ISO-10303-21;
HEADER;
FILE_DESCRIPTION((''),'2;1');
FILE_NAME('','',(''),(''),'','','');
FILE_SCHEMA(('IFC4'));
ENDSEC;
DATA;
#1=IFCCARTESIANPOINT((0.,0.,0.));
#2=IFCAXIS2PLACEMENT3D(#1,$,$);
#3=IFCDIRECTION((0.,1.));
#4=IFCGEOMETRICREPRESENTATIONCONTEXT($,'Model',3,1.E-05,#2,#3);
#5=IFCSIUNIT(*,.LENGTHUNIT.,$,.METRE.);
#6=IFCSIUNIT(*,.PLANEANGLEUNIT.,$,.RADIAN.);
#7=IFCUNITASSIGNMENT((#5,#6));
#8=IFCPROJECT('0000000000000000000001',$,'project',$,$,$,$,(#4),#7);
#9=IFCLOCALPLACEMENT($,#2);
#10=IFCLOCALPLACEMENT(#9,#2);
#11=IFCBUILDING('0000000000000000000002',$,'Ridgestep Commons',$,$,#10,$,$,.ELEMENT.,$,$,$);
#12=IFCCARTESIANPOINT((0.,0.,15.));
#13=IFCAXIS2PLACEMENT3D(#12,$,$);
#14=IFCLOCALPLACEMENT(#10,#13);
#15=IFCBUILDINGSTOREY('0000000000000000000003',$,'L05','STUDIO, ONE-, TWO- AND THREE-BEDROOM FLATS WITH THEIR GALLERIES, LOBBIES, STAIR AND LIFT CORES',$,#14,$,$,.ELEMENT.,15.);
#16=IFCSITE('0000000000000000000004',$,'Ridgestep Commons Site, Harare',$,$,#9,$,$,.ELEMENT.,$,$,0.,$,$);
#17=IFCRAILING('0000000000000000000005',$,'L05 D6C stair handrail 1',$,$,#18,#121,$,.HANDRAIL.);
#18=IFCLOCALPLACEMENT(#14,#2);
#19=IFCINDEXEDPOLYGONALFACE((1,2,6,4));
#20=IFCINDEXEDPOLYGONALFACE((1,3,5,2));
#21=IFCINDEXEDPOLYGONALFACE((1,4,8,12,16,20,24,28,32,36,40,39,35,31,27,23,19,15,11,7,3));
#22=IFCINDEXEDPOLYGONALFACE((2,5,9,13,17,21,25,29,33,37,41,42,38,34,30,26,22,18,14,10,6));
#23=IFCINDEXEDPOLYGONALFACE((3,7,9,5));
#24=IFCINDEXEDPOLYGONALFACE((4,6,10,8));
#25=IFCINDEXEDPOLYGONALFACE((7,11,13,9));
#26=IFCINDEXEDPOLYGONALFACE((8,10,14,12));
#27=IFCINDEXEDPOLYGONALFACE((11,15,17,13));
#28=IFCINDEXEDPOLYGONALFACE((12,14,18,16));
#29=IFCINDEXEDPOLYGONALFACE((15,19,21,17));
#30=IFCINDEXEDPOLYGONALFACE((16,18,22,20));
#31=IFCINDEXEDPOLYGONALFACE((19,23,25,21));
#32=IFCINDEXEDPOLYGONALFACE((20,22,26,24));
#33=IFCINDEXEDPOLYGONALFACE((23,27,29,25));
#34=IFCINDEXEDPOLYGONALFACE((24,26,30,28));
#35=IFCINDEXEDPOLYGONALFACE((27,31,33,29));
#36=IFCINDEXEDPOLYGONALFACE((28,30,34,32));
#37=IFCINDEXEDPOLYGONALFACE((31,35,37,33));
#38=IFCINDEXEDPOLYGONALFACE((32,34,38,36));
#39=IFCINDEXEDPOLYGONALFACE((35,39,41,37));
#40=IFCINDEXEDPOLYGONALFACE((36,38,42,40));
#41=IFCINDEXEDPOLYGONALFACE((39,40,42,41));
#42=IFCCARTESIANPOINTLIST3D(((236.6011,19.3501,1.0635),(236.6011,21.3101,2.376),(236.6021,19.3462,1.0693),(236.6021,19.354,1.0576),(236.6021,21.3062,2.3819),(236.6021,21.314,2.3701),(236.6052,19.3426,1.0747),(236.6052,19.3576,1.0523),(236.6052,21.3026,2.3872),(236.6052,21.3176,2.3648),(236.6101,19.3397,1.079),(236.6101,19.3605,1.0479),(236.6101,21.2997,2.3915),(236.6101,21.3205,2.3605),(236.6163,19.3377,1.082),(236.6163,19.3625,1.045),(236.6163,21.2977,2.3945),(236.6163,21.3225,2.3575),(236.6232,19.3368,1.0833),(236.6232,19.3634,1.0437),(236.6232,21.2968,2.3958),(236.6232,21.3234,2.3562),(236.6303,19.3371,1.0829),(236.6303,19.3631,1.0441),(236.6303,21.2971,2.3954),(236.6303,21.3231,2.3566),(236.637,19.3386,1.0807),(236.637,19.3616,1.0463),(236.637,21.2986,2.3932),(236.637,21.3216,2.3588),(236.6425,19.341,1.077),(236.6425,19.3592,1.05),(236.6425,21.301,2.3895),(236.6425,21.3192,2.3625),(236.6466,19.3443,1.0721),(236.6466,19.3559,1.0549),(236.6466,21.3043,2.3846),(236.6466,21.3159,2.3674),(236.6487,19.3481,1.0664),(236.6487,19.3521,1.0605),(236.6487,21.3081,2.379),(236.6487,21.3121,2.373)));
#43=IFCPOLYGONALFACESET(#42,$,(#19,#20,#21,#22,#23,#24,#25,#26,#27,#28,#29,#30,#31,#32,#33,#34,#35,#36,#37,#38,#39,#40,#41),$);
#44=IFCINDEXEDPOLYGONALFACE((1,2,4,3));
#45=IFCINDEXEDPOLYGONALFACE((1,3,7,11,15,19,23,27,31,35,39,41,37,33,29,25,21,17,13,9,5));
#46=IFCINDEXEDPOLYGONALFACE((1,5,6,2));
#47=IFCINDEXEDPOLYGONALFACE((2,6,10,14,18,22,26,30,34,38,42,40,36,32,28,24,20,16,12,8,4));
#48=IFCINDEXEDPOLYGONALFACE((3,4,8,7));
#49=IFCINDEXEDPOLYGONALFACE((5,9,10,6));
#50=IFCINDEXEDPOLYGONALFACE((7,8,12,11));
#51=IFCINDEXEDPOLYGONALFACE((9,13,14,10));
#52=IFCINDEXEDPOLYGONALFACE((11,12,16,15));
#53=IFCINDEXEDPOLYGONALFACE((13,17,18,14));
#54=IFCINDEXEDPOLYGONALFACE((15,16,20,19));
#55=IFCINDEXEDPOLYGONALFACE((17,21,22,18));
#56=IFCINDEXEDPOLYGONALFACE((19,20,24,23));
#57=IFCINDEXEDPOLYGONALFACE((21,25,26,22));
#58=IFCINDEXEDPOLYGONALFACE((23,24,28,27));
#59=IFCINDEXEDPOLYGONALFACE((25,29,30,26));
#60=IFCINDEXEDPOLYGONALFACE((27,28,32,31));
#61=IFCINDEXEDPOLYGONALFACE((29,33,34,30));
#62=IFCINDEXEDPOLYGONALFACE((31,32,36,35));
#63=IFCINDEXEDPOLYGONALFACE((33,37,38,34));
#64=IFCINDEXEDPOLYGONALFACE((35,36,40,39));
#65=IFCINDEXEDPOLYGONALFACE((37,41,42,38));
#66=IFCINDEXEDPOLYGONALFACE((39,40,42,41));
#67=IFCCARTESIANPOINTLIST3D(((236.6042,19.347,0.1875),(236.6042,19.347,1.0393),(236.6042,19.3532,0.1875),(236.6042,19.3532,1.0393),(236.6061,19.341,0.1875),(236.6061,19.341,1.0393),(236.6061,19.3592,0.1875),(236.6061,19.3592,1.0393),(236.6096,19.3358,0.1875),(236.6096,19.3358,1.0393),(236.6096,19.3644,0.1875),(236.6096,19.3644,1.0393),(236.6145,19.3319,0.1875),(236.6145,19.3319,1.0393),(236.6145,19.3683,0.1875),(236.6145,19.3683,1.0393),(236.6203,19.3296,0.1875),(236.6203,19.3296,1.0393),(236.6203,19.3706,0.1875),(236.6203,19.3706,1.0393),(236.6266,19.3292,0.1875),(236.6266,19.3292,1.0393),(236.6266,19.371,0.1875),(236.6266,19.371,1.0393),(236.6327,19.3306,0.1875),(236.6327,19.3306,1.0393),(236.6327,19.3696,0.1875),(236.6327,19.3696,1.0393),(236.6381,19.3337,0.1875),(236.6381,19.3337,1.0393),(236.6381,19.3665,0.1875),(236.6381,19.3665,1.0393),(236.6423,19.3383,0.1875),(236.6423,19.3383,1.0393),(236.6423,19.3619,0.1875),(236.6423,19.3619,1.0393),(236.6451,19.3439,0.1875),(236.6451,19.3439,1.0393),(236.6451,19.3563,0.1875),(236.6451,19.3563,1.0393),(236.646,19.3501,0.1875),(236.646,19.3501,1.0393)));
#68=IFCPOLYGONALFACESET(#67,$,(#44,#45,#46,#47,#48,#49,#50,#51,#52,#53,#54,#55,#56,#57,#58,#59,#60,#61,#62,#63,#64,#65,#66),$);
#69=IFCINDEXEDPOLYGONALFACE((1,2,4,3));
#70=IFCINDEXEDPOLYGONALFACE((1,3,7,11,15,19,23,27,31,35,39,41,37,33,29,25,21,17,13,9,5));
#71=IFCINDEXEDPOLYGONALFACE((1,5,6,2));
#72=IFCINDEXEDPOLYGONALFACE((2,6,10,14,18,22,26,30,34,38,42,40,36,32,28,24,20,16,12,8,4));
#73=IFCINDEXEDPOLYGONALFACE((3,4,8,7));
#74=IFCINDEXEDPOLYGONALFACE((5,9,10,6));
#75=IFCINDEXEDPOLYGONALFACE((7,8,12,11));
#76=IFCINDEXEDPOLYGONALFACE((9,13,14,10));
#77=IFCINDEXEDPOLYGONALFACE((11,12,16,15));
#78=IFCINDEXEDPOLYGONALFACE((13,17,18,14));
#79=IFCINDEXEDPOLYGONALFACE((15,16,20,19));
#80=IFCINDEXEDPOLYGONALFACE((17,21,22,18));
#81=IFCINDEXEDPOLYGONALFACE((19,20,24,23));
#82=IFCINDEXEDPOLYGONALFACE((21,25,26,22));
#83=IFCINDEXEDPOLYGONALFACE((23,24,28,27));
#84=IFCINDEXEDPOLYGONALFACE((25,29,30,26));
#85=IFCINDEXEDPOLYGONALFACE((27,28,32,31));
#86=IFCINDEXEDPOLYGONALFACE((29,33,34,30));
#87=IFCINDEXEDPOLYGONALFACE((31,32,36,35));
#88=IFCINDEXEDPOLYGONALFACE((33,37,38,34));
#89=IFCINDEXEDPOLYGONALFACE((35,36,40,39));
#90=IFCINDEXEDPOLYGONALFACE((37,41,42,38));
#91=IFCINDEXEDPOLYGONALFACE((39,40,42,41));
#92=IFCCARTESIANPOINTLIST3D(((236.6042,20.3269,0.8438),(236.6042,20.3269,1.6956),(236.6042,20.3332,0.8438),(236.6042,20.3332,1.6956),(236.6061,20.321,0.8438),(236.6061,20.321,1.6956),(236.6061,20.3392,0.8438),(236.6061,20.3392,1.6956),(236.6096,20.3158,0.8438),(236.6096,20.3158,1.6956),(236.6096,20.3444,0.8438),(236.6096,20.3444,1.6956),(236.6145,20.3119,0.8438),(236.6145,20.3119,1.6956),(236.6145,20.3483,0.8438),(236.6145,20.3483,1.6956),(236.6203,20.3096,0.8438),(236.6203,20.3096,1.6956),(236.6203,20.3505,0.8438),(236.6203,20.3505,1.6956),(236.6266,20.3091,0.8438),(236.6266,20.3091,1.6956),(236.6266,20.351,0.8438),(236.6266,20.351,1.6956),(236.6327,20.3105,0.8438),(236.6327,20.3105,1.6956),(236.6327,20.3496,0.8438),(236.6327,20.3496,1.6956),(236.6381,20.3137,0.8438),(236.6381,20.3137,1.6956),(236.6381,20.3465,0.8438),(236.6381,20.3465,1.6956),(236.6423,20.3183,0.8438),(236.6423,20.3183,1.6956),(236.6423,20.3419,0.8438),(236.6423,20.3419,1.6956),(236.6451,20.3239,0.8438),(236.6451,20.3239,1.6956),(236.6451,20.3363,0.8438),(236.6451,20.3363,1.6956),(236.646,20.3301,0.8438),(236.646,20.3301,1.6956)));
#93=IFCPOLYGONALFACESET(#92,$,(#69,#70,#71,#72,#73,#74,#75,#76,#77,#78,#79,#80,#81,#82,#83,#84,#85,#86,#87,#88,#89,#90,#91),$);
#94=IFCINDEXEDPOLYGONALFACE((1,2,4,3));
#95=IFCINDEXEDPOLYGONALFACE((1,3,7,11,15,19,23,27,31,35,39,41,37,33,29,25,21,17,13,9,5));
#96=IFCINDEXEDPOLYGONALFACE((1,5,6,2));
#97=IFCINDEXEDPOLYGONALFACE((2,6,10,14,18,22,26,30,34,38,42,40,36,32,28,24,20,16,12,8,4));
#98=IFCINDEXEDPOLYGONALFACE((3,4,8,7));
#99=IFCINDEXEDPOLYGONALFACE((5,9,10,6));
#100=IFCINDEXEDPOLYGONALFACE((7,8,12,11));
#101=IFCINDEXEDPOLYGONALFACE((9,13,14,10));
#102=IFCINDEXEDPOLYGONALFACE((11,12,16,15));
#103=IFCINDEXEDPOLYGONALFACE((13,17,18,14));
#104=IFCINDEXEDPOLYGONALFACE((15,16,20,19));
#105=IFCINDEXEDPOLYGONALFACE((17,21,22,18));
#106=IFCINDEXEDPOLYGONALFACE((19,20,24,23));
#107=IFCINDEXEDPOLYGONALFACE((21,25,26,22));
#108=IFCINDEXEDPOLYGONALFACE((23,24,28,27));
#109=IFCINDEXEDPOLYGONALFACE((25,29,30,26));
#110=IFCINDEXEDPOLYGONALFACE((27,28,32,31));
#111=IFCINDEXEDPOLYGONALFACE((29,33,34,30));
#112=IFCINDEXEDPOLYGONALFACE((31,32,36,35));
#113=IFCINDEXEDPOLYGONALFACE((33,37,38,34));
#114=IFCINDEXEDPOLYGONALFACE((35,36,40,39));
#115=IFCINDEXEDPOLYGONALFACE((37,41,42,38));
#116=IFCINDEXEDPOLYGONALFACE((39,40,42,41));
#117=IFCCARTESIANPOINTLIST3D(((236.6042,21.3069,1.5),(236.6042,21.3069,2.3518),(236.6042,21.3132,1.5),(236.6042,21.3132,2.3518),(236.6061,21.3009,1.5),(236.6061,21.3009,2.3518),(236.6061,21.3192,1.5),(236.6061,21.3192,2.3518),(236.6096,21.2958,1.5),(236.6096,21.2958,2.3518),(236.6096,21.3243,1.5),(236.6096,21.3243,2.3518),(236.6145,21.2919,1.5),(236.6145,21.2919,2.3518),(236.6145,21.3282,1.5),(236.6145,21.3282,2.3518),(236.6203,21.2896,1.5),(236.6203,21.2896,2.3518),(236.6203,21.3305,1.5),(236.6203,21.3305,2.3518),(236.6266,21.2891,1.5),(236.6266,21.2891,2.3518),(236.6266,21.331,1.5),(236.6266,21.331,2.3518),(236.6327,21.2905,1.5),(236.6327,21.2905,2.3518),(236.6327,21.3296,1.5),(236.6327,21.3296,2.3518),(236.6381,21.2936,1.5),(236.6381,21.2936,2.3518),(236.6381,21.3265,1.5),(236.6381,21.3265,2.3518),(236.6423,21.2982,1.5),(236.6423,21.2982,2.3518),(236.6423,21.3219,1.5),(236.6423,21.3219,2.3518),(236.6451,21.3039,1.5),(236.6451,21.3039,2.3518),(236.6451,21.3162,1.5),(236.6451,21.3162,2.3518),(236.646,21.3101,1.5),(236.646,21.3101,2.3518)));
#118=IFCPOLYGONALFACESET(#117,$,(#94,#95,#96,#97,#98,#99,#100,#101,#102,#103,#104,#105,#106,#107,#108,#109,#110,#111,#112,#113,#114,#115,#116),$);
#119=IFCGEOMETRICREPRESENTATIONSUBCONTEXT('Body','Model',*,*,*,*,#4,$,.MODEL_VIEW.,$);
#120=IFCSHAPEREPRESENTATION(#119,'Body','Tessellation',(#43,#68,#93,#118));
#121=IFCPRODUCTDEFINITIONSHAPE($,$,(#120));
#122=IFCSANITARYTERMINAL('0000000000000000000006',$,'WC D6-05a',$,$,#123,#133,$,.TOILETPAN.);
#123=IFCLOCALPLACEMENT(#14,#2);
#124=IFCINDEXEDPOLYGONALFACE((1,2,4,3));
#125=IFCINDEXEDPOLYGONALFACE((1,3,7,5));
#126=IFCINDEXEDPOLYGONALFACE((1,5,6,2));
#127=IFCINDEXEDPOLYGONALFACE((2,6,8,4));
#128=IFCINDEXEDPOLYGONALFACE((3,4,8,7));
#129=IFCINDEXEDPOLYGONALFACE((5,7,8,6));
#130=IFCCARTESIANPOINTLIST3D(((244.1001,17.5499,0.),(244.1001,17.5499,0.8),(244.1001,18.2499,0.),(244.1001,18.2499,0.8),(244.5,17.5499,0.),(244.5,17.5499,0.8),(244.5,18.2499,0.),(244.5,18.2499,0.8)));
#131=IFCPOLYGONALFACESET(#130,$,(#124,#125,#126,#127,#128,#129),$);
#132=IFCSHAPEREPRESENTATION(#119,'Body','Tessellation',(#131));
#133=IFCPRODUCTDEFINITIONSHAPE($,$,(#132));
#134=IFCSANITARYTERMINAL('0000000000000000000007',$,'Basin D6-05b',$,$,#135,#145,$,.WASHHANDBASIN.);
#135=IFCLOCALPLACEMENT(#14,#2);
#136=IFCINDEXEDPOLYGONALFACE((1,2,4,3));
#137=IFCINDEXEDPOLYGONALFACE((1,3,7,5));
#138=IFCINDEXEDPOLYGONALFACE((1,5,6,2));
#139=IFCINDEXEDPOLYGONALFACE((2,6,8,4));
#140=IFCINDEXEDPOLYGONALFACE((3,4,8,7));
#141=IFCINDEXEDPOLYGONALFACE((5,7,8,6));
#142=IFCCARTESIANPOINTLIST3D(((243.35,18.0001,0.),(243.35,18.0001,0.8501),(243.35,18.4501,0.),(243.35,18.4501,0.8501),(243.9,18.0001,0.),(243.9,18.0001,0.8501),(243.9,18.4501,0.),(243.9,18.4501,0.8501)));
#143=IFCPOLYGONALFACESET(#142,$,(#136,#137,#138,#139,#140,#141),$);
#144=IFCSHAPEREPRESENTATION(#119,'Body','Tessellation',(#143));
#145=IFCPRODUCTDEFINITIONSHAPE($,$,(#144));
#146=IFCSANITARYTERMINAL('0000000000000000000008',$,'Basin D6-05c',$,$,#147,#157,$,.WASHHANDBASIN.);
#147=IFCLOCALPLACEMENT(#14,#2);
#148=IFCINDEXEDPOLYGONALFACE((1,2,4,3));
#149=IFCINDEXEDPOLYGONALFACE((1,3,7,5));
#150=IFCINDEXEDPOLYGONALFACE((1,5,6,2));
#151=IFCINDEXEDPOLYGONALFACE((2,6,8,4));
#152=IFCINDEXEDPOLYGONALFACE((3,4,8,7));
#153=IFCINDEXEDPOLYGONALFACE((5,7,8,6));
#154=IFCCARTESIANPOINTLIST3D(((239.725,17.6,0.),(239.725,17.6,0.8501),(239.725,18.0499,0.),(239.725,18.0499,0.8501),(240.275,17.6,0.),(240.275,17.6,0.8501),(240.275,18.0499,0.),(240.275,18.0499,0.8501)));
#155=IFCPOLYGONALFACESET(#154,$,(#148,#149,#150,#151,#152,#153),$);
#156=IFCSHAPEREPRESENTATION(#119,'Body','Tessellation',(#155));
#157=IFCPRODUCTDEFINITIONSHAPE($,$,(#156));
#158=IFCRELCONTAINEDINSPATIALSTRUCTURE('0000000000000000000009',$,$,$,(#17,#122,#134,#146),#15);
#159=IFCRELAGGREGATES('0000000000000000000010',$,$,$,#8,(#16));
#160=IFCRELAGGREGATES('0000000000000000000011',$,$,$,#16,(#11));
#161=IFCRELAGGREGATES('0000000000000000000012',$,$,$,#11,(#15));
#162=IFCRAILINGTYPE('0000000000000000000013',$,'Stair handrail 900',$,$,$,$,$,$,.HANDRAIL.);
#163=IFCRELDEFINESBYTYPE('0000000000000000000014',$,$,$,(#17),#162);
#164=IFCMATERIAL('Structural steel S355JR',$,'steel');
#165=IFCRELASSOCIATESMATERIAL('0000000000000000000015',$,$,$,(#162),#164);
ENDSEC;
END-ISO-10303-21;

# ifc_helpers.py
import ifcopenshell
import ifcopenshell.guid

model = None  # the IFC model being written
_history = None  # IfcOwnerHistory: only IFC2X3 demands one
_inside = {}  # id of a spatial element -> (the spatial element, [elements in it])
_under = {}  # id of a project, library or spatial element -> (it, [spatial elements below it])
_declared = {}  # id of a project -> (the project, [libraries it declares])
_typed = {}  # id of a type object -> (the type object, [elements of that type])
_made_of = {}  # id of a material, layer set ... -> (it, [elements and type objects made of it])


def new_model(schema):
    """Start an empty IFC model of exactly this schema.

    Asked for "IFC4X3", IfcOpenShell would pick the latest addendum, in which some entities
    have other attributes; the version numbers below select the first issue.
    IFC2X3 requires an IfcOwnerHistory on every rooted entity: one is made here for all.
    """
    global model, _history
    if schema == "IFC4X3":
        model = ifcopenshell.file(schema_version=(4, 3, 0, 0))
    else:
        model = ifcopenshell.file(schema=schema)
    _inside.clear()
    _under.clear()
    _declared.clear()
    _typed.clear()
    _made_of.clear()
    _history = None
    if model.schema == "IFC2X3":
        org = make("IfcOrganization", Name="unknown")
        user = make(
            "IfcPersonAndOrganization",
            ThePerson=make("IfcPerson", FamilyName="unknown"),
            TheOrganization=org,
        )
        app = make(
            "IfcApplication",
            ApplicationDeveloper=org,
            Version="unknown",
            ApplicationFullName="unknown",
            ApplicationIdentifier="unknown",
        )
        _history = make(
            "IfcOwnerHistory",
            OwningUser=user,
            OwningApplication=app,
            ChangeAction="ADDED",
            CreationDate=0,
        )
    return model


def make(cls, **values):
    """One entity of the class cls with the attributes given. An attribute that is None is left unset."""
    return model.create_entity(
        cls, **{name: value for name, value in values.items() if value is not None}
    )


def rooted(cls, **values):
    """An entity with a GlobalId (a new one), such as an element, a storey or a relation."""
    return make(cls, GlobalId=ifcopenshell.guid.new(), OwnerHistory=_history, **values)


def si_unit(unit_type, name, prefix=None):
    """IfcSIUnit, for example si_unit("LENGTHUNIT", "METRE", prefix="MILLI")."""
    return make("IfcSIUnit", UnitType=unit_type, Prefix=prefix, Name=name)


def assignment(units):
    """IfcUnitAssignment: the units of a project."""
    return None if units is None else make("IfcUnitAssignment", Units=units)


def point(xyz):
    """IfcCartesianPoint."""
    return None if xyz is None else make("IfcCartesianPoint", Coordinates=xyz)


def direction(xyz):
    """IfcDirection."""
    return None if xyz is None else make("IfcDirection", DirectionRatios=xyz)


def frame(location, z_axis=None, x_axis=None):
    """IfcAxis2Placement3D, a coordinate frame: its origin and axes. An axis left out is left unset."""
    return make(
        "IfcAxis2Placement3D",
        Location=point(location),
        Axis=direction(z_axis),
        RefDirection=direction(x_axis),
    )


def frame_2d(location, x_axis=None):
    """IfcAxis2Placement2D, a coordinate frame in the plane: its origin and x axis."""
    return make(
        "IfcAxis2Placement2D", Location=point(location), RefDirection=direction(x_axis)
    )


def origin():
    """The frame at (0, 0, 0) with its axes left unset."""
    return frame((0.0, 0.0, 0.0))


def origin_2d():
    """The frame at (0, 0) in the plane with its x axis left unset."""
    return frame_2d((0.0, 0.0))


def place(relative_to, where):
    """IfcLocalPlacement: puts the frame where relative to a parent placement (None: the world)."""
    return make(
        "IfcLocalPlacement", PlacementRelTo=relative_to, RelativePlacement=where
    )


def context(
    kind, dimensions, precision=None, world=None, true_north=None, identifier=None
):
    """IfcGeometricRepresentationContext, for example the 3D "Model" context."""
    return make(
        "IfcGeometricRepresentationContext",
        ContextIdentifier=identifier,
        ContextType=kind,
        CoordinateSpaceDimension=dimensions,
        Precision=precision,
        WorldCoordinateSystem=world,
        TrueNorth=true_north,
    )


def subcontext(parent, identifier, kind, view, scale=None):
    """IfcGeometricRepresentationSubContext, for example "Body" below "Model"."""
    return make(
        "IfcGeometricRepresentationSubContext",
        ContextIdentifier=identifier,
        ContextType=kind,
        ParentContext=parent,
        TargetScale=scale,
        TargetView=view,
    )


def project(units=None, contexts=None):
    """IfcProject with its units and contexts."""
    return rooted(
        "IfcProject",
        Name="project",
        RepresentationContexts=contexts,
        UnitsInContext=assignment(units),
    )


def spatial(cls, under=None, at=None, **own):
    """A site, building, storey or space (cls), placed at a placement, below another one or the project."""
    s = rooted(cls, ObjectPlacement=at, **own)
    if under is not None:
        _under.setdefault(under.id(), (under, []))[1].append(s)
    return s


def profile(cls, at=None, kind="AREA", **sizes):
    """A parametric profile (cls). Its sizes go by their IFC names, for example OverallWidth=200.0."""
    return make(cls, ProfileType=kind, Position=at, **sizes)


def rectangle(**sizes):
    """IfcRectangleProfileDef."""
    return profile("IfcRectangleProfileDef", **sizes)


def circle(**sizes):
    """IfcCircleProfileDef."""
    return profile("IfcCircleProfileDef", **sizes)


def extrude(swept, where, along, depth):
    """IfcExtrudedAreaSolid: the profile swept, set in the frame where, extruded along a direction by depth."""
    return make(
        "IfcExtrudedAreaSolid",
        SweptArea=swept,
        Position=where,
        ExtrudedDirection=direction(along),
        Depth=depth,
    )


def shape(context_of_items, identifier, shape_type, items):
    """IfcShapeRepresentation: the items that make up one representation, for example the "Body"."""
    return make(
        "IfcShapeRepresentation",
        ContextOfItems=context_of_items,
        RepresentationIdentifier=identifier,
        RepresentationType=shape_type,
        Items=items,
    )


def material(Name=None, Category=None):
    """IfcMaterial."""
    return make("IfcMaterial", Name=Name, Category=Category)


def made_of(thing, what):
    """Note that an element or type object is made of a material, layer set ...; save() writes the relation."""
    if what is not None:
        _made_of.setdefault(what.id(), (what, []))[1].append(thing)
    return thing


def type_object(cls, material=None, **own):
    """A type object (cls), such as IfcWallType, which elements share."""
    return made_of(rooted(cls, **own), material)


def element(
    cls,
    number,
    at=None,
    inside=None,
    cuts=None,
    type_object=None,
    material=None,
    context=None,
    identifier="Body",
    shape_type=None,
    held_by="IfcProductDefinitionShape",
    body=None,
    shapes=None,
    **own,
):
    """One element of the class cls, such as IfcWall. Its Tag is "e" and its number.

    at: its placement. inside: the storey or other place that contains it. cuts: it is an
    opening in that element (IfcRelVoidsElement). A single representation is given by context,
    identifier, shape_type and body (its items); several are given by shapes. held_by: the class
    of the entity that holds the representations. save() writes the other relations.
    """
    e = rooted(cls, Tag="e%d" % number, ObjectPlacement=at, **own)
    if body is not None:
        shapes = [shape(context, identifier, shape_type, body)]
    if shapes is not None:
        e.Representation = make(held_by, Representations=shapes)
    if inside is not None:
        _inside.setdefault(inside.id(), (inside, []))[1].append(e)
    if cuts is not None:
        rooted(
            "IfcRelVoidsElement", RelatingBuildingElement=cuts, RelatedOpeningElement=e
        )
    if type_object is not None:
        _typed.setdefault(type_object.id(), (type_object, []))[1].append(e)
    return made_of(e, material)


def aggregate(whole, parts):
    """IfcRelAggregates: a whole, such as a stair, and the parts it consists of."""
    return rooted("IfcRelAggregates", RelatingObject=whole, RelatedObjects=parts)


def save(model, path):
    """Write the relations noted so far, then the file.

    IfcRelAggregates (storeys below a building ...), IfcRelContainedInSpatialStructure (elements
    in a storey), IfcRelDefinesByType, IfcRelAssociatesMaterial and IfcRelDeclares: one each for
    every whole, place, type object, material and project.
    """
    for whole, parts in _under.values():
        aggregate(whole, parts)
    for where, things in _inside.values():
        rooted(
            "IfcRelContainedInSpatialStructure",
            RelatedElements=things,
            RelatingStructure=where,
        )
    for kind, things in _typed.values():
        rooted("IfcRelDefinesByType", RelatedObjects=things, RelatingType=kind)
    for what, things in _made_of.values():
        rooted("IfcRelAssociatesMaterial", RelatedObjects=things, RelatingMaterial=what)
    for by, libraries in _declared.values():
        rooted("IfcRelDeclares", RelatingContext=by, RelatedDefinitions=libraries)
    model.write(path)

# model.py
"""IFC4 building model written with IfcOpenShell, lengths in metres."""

from ifc_helpers import new_model, si_unit, direction, frame, origin, origin_2d, place, context, subcontext, project, spatial, rectangle, circle, extrude, material, type_object, element, save


model = new_model("IFC4")

# Units and contexts
model_context = context("Model", 3, precision=1e-05, world=origin(), true_north=direction((0.0, 1.0)))
body_context = subcontext(model_context, "Body", "Model", "MODEL_VIEW")
ifc_project = project(units=[si_unit("LENGTHUNIT", "METRE"), si_unit("PLANEANGLEUNIT", "RADIAN")], contexts=[model_context])

# Site, building, storey
site_placement = place(None, origin())
site = spatial("IfcSite", under=ifc_project, at=site_placement, Name="Ridgestep Commons Site, Harare", CompositionType="ELEMENT", RefElevation=0.0)
building_placement = place(site_placement, origin())
building = spatial("IfcBuilding", under=site, at=building_placement, Name="Ridgestep Commons", CompositionType="ELEMENT")
storey_placement = place(building_placement, frame((0.0, 0.0, 15.0)))
storey = spatial("IfcBuildingStorey", under=building, at=storey_placement, Name="L05", Description="STUDIO, ONE-, TWO- AND THREE-BEDROOM FLATS WITH THEIR GALLERIES, LOBBIES, STAIR AND LIFT CORES", CompositionType="ELEMENT", Elevation=15.0)

# Railing
ifc_material_1 = material(Name="Structural steel S355JR", Category="steel")
railing_type_1 = type_object("IfcRailingType", Name="Stair handrail 900", PredefinedType="HANDRAIL", material=ifc_material_1)
railing_1_placement = place(storey_placement, frame((236.625, 19.3501, 0.1875)))
element("IfcRailing", 1, at=railing_1_placement, inside=storey, type_object=railing_type_1, Name="L05 D6C stair handrail 1", PredefinedType="HANDRAIL", context=body_context, shape_type="SweptSolid", body=[
    extrude(circle(Radius=0.0239, at=origin_2d()), frame((0.0, 0.0, 0.876), z_axis=(0.0, 0.830902, 0.556419), x_axis=(-1.0, 0.0, 0.0)), (0.0, 0.0, 1.0), 2.3589),
    extrude(circle(Radius=0.021, at=origin_2d()), origin(), (0.0, 0.0, 1.0), 0.8518),
    extrude(circle(Radius=0.021, at=origin_2d()), frame((0.0, 0.98, 0.6562)), (0.0, 0.0, 1.0), 0.8518),
    extrude(circle(Radius=0.021, at=origin_2d()), frame((0.0, 1.96, 1.3125)), (0.0, 0.0, 1.0), 0.8518),
])

# Sanitary terminals
sanitary_terminal_placement = place(storey_placement, frame((244.3, 17.8999, 0.0), z_axis=(0.0, 0.0, 1.0), x_axis=(1.0, 0.0, 0.0)))
element("IfcSanitaryTerminal", 2, at=sanitary_terminal_placement, inside=storey, Name="WC D6-05a", PredefinedType="TOILETPAN", context=body_context, shape_type="SweptSolid", body=[
    extrude(rectangle(XDim=0.3999, YDim=0.7, at=origin_2d()), origin(), (0.0, 0.0, 1.0), 0.8),
])
for number, where, z_axis, x_axis, name in (
    (3, (243.625, 18.2251, 0.0), (0.0, 0.0, 1.0), (1.0, 0.0, 0.0), "Basin D6-05b"),
    (4, (240.0, 17.825, 0.0), (0.0, 0.0, 1.0), (1.0, 0.0, 0.0), "Basin D6-05c"),
):
    element("IfcSanitaryTerminal", number, at=place(storey_placement, frame(where, z_axis=z_axis, x_axis=x_axis)), inside=storey, Name=name, PredefinedType="WASHHANDBASIN", context=body_context, shape_type="SweptSolid", body=[
        extrude(rectangle(XDim=0.55, YDim=0.45, at=origin_2d()), origin(), (0.0, 0.0, 1.0), 0.8501),
    ])

save(model, "model.ifc")
